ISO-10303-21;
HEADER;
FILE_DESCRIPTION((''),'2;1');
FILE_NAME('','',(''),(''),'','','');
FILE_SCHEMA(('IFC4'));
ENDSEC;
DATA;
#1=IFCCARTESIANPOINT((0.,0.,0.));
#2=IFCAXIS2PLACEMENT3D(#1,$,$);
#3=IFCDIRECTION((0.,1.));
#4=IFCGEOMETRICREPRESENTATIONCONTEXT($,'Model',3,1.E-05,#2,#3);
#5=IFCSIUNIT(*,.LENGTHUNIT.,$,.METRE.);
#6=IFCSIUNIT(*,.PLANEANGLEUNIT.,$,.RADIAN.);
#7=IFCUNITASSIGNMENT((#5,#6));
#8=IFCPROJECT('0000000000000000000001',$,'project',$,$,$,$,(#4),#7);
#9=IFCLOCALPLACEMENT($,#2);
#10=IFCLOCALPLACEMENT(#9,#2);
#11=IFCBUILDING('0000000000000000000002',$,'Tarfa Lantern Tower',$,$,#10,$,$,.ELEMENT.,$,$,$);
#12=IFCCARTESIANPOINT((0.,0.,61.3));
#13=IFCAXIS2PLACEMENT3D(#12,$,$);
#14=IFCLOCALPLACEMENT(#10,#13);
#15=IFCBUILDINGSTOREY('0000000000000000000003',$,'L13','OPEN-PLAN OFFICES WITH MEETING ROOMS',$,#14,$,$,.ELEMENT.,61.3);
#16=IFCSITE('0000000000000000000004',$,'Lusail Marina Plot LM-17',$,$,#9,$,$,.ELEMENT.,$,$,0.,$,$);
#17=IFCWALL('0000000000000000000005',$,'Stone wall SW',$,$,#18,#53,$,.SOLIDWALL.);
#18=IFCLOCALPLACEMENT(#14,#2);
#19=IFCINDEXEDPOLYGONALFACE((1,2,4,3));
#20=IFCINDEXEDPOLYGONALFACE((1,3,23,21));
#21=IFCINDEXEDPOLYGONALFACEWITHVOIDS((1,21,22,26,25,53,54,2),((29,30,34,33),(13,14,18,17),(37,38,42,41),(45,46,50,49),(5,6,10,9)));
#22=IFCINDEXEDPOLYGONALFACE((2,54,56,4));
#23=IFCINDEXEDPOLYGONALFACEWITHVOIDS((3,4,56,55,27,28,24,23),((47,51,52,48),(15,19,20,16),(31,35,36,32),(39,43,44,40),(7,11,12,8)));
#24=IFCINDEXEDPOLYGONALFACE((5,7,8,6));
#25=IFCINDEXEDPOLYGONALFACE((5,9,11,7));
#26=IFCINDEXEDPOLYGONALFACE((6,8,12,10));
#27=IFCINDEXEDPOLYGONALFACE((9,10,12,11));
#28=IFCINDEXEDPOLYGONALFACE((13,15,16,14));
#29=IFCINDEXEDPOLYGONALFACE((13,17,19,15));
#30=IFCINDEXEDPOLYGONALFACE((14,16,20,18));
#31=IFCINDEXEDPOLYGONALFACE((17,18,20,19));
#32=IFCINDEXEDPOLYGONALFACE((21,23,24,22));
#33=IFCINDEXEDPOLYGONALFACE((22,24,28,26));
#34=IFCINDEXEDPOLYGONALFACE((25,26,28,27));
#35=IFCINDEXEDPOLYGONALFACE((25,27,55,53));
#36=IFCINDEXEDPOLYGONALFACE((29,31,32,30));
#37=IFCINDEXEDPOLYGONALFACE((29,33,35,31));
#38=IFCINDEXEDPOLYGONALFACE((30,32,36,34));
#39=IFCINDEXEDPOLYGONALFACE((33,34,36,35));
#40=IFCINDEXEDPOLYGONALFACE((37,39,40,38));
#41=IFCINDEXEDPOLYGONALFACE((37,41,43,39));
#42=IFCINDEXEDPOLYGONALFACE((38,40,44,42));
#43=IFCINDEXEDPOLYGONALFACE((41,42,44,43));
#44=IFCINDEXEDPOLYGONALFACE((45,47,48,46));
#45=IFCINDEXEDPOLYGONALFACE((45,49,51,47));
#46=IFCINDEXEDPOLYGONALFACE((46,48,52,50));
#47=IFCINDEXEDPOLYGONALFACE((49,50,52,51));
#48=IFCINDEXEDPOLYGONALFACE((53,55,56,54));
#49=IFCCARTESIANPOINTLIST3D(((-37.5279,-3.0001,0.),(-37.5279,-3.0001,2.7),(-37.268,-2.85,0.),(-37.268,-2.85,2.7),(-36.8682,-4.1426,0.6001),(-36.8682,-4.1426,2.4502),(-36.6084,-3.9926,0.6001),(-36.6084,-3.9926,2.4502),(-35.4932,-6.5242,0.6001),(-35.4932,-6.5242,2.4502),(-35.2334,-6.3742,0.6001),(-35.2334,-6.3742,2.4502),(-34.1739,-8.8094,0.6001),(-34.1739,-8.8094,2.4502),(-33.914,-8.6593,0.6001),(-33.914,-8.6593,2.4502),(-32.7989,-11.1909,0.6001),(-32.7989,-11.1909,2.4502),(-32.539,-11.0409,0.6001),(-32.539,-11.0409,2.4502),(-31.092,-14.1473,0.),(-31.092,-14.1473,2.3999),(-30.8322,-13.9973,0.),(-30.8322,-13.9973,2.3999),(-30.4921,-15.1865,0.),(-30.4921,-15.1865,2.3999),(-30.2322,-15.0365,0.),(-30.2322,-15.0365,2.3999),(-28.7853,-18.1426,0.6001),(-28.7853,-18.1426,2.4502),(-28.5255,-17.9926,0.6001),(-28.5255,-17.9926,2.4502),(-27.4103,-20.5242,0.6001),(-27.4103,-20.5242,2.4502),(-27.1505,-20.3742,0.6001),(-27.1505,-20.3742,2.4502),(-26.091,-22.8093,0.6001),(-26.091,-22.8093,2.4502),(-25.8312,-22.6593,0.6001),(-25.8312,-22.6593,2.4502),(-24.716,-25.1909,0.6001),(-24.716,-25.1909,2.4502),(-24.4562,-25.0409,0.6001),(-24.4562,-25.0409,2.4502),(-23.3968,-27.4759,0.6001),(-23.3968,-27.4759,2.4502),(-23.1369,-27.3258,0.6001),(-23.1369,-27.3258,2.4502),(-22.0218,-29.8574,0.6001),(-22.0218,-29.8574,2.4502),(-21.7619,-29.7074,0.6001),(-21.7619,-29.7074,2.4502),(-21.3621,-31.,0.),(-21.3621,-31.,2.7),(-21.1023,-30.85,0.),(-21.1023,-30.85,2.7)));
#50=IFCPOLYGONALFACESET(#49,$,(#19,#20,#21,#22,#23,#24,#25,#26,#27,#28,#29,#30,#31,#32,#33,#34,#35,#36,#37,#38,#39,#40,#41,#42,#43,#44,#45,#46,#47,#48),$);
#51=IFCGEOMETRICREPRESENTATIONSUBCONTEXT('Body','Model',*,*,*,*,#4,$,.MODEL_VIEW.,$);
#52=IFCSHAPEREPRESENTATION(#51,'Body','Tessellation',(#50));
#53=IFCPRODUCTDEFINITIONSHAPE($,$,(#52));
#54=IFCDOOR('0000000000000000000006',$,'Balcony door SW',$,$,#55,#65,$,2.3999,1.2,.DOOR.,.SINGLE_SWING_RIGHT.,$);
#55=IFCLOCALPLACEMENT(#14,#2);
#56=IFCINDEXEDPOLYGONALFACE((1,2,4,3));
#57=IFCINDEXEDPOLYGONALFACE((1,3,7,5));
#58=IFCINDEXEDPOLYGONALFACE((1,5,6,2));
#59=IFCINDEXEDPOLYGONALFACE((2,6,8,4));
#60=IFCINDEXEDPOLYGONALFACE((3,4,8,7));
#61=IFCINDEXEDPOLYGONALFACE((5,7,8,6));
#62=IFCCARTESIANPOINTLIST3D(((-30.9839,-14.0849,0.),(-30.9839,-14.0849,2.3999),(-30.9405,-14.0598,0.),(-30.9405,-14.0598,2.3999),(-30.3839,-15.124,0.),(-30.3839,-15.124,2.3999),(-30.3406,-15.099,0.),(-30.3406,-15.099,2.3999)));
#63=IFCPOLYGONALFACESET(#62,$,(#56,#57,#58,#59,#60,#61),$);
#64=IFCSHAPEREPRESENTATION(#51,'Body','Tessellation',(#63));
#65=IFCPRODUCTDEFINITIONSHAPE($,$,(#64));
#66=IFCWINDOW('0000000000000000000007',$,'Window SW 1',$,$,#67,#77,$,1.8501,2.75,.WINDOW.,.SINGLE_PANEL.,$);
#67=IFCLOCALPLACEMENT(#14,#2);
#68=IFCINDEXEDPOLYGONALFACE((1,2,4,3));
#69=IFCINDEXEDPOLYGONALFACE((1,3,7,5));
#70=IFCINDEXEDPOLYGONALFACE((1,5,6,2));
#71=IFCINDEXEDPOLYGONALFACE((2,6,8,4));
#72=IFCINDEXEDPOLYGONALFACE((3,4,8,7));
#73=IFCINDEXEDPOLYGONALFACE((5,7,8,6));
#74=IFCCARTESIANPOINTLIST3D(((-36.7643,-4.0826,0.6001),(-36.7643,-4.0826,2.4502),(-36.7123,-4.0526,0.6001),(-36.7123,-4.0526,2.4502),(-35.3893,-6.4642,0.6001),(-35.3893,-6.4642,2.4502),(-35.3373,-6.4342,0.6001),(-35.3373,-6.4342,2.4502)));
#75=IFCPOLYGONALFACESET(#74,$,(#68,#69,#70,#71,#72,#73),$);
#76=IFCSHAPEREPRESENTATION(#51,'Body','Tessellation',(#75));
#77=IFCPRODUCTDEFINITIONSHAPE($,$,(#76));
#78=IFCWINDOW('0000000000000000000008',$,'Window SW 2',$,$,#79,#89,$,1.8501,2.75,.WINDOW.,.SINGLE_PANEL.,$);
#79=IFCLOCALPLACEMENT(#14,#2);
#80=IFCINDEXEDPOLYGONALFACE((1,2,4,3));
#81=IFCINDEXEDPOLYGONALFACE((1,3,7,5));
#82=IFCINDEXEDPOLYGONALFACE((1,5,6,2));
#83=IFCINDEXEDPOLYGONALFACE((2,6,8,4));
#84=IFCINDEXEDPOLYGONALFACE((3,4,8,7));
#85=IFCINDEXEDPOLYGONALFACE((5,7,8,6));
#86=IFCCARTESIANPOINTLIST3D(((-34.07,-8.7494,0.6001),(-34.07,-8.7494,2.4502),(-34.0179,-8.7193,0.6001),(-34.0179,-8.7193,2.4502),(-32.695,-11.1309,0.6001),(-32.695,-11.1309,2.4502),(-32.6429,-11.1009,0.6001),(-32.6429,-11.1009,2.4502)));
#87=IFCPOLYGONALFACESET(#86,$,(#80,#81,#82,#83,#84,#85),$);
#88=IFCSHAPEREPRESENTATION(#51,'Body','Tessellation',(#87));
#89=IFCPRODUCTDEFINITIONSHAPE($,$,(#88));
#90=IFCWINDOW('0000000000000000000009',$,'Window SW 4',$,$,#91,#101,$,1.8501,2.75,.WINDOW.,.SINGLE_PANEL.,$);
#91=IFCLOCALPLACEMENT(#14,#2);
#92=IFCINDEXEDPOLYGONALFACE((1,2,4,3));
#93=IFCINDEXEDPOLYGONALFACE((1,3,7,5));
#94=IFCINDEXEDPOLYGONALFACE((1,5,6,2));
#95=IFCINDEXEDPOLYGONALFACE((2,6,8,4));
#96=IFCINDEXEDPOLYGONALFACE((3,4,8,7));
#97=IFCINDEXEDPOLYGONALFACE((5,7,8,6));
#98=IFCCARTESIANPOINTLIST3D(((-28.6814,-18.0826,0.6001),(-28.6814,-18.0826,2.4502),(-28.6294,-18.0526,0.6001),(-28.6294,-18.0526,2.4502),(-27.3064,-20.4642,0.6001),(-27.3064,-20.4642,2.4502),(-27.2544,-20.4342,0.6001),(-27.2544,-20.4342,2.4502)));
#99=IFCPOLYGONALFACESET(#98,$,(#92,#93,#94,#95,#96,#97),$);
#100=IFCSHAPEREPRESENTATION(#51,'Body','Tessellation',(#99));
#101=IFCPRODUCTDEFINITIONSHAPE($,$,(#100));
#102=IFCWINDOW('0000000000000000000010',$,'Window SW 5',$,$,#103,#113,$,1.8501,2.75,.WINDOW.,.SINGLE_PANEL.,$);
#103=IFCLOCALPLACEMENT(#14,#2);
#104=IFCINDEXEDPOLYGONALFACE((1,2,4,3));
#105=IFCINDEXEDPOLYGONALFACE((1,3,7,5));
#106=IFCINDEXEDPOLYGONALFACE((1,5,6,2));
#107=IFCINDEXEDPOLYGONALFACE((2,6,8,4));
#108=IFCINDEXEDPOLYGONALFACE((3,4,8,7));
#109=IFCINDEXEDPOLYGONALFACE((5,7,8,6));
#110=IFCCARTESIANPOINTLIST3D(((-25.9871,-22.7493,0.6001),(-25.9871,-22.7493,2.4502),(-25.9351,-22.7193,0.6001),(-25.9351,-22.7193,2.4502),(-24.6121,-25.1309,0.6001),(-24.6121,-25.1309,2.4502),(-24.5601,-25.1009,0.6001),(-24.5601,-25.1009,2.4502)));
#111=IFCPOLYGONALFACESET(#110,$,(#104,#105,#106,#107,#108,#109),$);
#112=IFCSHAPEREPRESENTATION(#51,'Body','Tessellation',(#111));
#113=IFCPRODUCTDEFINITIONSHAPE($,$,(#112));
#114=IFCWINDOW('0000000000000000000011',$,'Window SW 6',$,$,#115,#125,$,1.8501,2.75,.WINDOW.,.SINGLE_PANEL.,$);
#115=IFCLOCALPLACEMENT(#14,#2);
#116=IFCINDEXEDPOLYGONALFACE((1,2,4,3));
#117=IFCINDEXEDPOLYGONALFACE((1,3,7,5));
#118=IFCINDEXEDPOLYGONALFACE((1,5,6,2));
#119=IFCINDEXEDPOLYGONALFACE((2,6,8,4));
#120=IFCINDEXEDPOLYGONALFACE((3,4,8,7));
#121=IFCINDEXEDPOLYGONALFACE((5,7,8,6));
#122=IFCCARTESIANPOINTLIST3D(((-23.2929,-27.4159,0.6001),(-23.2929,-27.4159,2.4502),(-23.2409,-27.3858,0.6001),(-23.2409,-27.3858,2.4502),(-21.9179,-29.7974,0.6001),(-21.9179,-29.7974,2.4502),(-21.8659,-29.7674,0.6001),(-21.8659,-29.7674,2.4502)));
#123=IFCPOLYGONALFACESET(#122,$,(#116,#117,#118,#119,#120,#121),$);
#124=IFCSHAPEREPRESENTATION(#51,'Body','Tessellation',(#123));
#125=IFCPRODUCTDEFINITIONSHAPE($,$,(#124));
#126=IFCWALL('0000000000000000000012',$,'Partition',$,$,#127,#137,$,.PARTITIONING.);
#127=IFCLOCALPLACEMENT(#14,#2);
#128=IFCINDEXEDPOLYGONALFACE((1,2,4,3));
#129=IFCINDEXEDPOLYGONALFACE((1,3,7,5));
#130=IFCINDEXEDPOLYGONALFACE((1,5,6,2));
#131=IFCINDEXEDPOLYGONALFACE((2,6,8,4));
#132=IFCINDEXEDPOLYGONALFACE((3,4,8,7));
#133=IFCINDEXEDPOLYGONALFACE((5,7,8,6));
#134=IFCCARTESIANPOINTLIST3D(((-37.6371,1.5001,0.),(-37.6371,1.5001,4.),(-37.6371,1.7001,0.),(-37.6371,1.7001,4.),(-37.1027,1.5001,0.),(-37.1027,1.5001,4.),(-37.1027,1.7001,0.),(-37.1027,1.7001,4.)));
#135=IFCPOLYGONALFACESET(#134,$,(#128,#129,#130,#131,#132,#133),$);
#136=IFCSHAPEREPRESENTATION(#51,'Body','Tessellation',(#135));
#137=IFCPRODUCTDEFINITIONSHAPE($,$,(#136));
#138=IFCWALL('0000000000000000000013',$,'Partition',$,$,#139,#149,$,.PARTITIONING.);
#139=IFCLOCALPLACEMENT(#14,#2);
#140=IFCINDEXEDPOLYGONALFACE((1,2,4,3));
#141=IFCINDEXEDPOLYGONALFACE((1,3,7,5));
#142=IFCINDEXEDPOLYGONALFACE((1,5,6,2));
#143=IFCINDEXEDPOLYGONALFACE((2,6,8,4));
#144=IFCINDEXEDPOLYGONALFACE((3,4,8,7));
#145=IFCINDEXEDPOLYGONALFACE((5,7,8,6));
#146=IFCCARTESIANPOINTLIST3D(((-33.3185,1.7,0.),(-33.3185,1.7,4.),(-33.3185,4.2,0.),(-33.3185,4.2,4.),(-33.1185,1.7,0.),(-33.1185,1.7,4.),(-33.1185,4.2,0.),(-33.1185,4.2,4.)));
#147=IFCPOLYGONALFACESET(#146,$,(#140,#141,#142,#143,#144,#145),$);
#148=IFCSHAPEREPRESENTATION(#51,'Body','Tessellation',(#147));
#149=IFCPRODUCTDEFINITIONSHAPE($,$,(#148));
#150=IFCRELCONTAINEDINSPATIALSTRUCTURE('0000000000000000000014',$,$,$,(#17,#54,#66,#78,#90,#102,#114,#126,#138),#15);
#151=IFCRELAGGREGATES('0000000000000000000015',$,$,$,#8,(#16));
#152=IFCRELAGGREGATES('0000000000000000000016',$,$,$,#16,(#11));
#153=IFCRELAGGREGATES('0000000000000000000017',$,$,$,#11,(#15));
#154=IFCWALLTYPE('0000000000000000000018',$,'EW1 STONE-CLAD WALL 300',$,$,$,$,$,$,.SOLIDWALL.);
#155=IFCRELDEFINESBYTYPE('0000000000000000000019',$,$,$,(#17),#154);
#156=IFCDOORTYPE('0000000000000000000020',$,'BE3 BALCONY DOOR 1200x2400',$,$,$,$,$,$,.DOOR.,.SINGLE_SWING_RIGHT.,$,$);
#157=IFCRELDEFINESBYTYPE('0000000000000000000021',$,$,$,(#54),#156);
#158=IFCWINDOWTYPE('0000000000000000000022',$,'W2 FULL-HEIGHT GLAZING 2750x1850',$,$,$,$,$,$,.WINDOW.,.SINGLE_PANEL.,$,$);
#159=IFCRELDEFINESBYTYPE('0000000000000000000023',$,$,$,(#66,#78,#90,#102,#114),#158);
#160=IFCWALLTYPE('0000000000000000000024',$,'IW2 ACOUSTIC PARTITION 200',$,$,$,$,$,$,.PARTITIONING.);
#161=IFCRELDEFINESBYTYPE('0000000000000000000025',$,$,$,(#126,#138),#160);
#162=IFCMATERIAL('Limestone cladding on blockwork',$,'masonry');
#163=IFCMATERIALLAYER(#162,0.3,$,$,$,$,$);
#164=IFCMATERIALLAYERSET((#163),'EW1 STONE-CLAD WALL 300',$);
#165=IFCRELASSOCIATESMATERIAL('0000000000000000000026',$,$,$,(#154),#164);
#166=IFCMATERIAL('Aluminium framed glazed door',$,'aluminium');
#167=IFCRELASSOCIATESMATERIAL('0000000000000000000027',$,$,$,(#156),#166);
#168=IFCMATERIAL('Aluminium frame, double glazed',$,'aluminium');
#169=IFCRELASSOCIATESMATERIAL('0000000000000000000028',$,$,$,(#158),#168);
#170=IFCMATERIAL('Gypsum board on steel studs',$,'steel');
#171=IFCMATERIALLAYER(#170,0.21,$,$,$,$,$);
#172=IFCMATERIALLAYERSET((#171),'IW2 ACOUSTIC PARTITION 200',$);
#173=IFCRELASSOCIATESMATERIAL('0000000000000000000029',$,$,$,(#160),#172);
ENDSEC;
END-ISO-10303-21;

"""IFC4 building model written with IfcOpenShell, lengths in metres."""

from ifc_helpers import new_model, si_unit, direction, frame, frame_2d, origin, place, context, subcontext, project, spatial, rectangle, extrude, material, layer, layer_set, type_object, element, fill, save


model = new_model("IFC4")

# Units and contexts
model_context = context("Model", 3, precision=1e-05, world=origin(), true_north=direction((0.0, 1.0)))
body_context = subcontext(model_context, "Body", "Model", "MODEL_VIEW")
ifc_project = project(units=[si_unit("LENGTHUNIT", "METRE"), si_unit("PLANEANGLEUNIT", "RADIAN")], contexts=[model_context])

# Site, building, storey
site_placement = place(None, origin())
site = spatial("IfcSite", under=ifc_project, at=site_placement, Name="Lusail Marina Plot LM-17", CompositionType="ELEMENT", RefElevation=0.0)
building_placement = place(site_placement, origin())
building = spatial("IfcBuilding", under=site, at=building_placement, Name="Tarfa Lantern Tower", CompositionType="ELEMENT")
storey_placement = place(building_placement, frame((0.0, 0.0, 61.3)))
storey = spatial("IfcBuildingStorey", under=building, at=storey_placement, Name="L13", Description="OPEN-PLAN OFFICES WITH MEETING ROOMS", CompositionType="ELEMENT", Elevation=61.3)

# Wall, openings, door, windows
ifc_material_1 = material(Name="Limestone cladding on blockwork", Category="masonry")
ifc_layer_1 = layer(ifc_material_1, 0.3)
ifc_layer_set_1 = layer_set([ifc_layer_1], Name="EW1 STONE-CLAD WALL 300")
wall_type_1 = type_object("IfcWallType", Name="EW1 STONE-CLAD WALL 300", PredefinedType="SOLIDWALL", material=ifc_layer_set_1)
wall_1_placement = place(storey_placement, frame((-37.3979, -2.925, 0.0), z_axis=(0.0, 0.0, 1.0), x_axis=(0.499999, -0.866026, 0.0)))
wall_1 = element("IfcWall", 1, at=wall_1_placement, inside=storey, type_object=wall_type_1, Name="Stone wall SW", PredefinedType="SOLIDWALL", context=body_context, shape_type="SweptSolid", body=[
    extrude(rectangle(XDim=32.3315, YDim=0.3, at=frame_2d((16.1658, 0.0))), origin(), (0.0, 0.0, 1.0), 2.7),
])
opening_1_placement = place(wall_1_placement, frame((1.3193, 0.0, 0.6001)))
opening_1 = element("IfcOpeningElement", 2, at=opening_1_placement, cuts=wall_1, PredefinedType="OPENING", context=body_context, shape_type="SweptSolid", body=[
    extrude(rectangle(XDim=2.75, YDim=1.8501, at=frame_2d((1.375, 0.925))), frame((0.0, 0.1599, 0.0), z_axis=(0.0, -1.0, 0.0), x_axis=(1.0, 0.0, 0.0)), (0.0, 0.0, 1.0), 0.3201),
])
opening_2_placement = place(wall_1_placement, frame((6.708, 0.0, 0.6001)))
opening_2 = element("IfcOpeningElement", 3, at=opening_2_placement, cuts=wall_1, PredefinedType="OPENING", context=body_context, shape_type="SweptSolid", body=[
    extrude(rectangle(XDim=2.75, YDim=1.8501, at=frame_2d((1.375, 0.925))), frame((0.0, 0.1599, 0.0), z_axis=(0.0, -1.0, 0.0), x_axis=(1.0, 0.0, 0.0)), (0.0, 0.0, 1.0), 0.3201),
])
opening_3_placement = place(wall_1_placement, frame((12.8716, 0.0, 0.0)))
opening_3 = element("IfcOpeningElement", 4, at=opening_3_placement, cuts=wall_1, PredefinedType="OPENING", context=body_context, shape_type="SweptSolid", body=[
    extrude(rectangle(XDim=1.2, YDim=2.3999, at=frame_2d((0.6001, 1.2))), frame((0.0, 0.1599, 0.0), z_axis=(0.0, -1.0, 0.0), x_axis=(1.0, 0.0, 0.0)), (0.0, 0.0, 1.0), 0.3201),
])
opening_4_placement = place(wall_1_placement, frame((17.4851, 0.0, 0.6001)))
opening_4 = element("IfcOpeningElement", 5, at=opening_4_placement, cuts=wall_1, PredefinedType="OPENING", context=body_context, shape_type="SweptSolid", body=[
    extrude(rectangle(XDim=2.75, YDim=1.8501, at=frame_2d((1.375, 0.925))), frame((0.0, 0.1599, 0.0), z_axis=(0.0, -1.0, 0.0), x_axis=(1.0, 0.0, 0.0)), (0.0, 0.0, 1.0), 0.3201),
])
opening_5_placement = place(wall_1_placement, frame((22.8738, 0.0, 0.6001)))
opening_5 = element("IfcOpeningElement", 6, at=opening_5_placement, cuts=wall_1, PredefinedType="OPENING", context=body_context, shape_type="SweptSolid", body=[
    extrude(rectangle(XDim=2.75, YDim=1.8501, at=frame_2d((1.375, 0.925))), frame((0.0, 0.1599, 0.0), z_axis=(0.0, -1.0, 0.0), x_axis=(1.0, 0.0, 0.0)), (0.0, 0.0, 1.0), 0.3201),
])
opening_6_placement = place(wall_1_placement, frame((28.2622, 0.0, 0.6001)))
opening_6 = element("IfcOpeningElement", 7, at=opening_6_placement, cuts=wall_1, PredefinedType="OPENING", context=body_context, shape_type="SweptSolid", body=[
    extrude(rectangle(XDim=2.75, YDim=1.8501, at=frame_2d((1.375, 0.925))), frame((0.0, 0.1599, 0.0), z_axis=(0.0, -1.0, 0.0), x_axis=(1.0, 0.0, 0.0)), (0.0, 0.0, 1.0), 0.3201),
])
ifc_material_2 = material(Name="Aluminium framed glazed door", Category="aluminium")
door_type = type_object("IfcDoorType", Name="BE3 BALCONY DOOR 1200x2400", OperationType="SINGLE_SWING_RIGHT", PredefinedType="DOOR", material=ifc_material_2)
door_placement = place(opening_3_placement, origin())
door = element("IfcDoor", 8, at=door_placement, inside=storey, type_object=door_type, Name="Balcony door SW", OperationType="SINGLE_SWING_RIGHT", OverallHeight=2.3999, OverallWidth=1.2, PredefinedType="DOOR", context=body_context, shape_type="SweptSolid", body=[
    extrude(rectangle(XDim=1.2, YDim=2.3999, at=frame_2d((0.6001, 1.2))), frame((0.0, 0.0249, 0.0), z_axis=(0.0, -1.0, 0.0), x_axis=(1.0, 0.0, 0.0)), (0.0, 0.0, 1.0), 0.05),
])
fill(opening_3, door)
ifc_material_3 = material(Name="Aluminium frame, double glazed", Category="aluminium")
window_type = type_object("IfcWindowType", Name="W2 FULL-HEIGHT GLAZING 2750x1850", PartitioningType="SINGLE_PANEL", PredefinedType="WINDOW", material=ifc_material_3)
window_1_placement = place(opening_1_placement, origin())
window_1 = element("IfcWindow", 9, at=window_1_placement, inside=storey, type_object=window_type, Name="Window SW 1", OverallHeight=1.8501, OverallWidth=2.75, PartitioningType="SINGLE_PANEL", PredefinedType="WINDOW", context=body_context, shape_type="SweptSolid", body=[
    extrude(rectangle(XDim=2.75, YDim=1.8501, at=frame_2d((1.375, 0.925))), frame((0.0, 0.03, 0.0), z_axis=(0.0, -1.0, 0.0), x_axis=(1.0, 0.0, 0.0)), (0.0, 0.0, 1.0), 0.0601),
])
fill(opening_1, window_1)
window_2_placement = place(opening_2_placement, origin())
window_2 = element("IfcWindow", 10, at=window_2_placement, inside=storey, type_object=window_type, Name="Window SW 2", OverallHeight=1.8501, OverallWidth=2.75, PartitioningType="SINGLE_PANEL", PredefinedType="WINDOW", context=body_context, shape_type="SweptSolid", body=[
    extrude(rectangle(XDim=2.75, YDim=1.8501, at=frame_2d((1.375, 0.925))), frame((0.0, 0.03, 0.0), z_axis=(0.0, -1.0, 0.0), x_axis=(1.0, 0.0, 0.0)), (0.0, 0.0, 1.0), 0.0601),
])
fill(opening_2, window_2)
window_3_placement = place(opening_4_placement, origin())
window_3 = element("IfcWindow", 11, at=window_3_placement, inside=storey, type_object=window_type, Name="Window SW 4", OverallHeight=1.8501, OverallWidth=2.75, PartitioningType="SINGLE_PANEL", PredefinedType="WINDOW", context=body_context, shape_type="SweptSolid", body=[
    extrude(rectangle(XDim=2.75, YDim=1.8501, at=frame_2d((1.375, 0.925))), frame((0.0, 0.03, 0.0), z_axis=(0.0, -1.0, 0.0), x_axis=(1.0, 0.0, 0.0)), (0.0, 0.0, 1.0), 0.0601),
])
fill(opening_4, window_3)
window_4_placement = place(opening_5_placement, origin())
window_4 = element("IfcWindow", 12, at=window_4_placement, inside=storey, type_object=window_type, Name="Window SW 5", OverallHeight=1.8501, OverallWidth=2.75, PartitioningType="SINGLE_PANEL", PredefinedType="WINDOW", context=body_context, shape_type="SweptSolid", body=[
    extrude(rectangle(XDim=2.75, YDim=1.8501, at=frame_2d((1.375, 0.925))), frame((0.0, 0.03, 0.0), z_axis=(0.0, -1.0, 0.0), x_axis=(1.0, 0.0, 0.0)), (0.0, 0.0, 1.0), 0.0601),
])
fill(opening_5, window_4)
window_5_placement = place(opening_6_placement, origin())
window_5 = element("IfcWindow", 13, at=window_5_placement, inside=storey, type_object=window_type, Name="Window SW 6", OverallHeight=1.8501, OverallWidth=2.75, PartitioningType="SINGLE_PANEL", PredefinedType="WINDOW", context=body_context, shape_type="SweptSolid", body=[
    extrude(rectangle(XDim=2.75, YDim=1.8501, at=frame_2d((1.375, 0.925))), frame((0.0, 0.03, 0.0), z_axis=(0.0, -1.0, 0.0), x_axis=(1.0, 0.0, 0.0)), (0.0, 0.0, 1.0), 0.0601),
])
fill(opening_6, window_5)

# Walls
ifc_material_4 = material(Name="Gypsum board on steel studs", Category="steel")
ifc_layer_2 = layer(ifc_material_4, 0.21)
ifc_layer_set_2 = layer_set([ifc_layer_2], Name="IW2 ACOUSTIC PARTITION 200")
wall_type_2 = type_object("IfcWallType", Name="IW2 ACOUSTIC PARTITION 200", PredefinedType="PARTITIONING", material=ifc_layer_set_2)
wall_2_placement = place(storey_placement, frame((-37.1028, 1.6001, 0.0), z_axis=(0.0, 0.0, 1.0), x_axis=(-1.0, 0.0, 0.0)))
element("IfcWall", 14, at=wall_2_placement, inside=storey, type_object=wall_type_2, Name="Partition", PredefinedType="PARTITIONING", context=body_context, shape_type="SweptSolid", body=[
    extrude(rectangle(XDim=0.5344, YDim=0.2, at=frame_2d((0.2671, 0.0))), origin(), (0.0, 0.0, 1.0), 4.0),
])
wall_3_placement = place(storey_placement, frame((-33.2185, 1.7, 0.0), z_axis=(0.0, 0.0, 1.0), x_axis=(0.0, 1.0, 0.0)))
element("IfcWall", 15, at=wall_3_placement, inside=storey, type_object=wall_type_2, Name="Partition", PredefinedType="PARTITIONING", context=body_context, shape_type="SweptSolid", body=[
    extrude(rectangle(XDim=2.5, YDim=0.2, at=frame_2d((1.25, 0.0))), origin(), (0.0, 0.0, 1.0), 4.0),
])

save(model, "model.ifc")
